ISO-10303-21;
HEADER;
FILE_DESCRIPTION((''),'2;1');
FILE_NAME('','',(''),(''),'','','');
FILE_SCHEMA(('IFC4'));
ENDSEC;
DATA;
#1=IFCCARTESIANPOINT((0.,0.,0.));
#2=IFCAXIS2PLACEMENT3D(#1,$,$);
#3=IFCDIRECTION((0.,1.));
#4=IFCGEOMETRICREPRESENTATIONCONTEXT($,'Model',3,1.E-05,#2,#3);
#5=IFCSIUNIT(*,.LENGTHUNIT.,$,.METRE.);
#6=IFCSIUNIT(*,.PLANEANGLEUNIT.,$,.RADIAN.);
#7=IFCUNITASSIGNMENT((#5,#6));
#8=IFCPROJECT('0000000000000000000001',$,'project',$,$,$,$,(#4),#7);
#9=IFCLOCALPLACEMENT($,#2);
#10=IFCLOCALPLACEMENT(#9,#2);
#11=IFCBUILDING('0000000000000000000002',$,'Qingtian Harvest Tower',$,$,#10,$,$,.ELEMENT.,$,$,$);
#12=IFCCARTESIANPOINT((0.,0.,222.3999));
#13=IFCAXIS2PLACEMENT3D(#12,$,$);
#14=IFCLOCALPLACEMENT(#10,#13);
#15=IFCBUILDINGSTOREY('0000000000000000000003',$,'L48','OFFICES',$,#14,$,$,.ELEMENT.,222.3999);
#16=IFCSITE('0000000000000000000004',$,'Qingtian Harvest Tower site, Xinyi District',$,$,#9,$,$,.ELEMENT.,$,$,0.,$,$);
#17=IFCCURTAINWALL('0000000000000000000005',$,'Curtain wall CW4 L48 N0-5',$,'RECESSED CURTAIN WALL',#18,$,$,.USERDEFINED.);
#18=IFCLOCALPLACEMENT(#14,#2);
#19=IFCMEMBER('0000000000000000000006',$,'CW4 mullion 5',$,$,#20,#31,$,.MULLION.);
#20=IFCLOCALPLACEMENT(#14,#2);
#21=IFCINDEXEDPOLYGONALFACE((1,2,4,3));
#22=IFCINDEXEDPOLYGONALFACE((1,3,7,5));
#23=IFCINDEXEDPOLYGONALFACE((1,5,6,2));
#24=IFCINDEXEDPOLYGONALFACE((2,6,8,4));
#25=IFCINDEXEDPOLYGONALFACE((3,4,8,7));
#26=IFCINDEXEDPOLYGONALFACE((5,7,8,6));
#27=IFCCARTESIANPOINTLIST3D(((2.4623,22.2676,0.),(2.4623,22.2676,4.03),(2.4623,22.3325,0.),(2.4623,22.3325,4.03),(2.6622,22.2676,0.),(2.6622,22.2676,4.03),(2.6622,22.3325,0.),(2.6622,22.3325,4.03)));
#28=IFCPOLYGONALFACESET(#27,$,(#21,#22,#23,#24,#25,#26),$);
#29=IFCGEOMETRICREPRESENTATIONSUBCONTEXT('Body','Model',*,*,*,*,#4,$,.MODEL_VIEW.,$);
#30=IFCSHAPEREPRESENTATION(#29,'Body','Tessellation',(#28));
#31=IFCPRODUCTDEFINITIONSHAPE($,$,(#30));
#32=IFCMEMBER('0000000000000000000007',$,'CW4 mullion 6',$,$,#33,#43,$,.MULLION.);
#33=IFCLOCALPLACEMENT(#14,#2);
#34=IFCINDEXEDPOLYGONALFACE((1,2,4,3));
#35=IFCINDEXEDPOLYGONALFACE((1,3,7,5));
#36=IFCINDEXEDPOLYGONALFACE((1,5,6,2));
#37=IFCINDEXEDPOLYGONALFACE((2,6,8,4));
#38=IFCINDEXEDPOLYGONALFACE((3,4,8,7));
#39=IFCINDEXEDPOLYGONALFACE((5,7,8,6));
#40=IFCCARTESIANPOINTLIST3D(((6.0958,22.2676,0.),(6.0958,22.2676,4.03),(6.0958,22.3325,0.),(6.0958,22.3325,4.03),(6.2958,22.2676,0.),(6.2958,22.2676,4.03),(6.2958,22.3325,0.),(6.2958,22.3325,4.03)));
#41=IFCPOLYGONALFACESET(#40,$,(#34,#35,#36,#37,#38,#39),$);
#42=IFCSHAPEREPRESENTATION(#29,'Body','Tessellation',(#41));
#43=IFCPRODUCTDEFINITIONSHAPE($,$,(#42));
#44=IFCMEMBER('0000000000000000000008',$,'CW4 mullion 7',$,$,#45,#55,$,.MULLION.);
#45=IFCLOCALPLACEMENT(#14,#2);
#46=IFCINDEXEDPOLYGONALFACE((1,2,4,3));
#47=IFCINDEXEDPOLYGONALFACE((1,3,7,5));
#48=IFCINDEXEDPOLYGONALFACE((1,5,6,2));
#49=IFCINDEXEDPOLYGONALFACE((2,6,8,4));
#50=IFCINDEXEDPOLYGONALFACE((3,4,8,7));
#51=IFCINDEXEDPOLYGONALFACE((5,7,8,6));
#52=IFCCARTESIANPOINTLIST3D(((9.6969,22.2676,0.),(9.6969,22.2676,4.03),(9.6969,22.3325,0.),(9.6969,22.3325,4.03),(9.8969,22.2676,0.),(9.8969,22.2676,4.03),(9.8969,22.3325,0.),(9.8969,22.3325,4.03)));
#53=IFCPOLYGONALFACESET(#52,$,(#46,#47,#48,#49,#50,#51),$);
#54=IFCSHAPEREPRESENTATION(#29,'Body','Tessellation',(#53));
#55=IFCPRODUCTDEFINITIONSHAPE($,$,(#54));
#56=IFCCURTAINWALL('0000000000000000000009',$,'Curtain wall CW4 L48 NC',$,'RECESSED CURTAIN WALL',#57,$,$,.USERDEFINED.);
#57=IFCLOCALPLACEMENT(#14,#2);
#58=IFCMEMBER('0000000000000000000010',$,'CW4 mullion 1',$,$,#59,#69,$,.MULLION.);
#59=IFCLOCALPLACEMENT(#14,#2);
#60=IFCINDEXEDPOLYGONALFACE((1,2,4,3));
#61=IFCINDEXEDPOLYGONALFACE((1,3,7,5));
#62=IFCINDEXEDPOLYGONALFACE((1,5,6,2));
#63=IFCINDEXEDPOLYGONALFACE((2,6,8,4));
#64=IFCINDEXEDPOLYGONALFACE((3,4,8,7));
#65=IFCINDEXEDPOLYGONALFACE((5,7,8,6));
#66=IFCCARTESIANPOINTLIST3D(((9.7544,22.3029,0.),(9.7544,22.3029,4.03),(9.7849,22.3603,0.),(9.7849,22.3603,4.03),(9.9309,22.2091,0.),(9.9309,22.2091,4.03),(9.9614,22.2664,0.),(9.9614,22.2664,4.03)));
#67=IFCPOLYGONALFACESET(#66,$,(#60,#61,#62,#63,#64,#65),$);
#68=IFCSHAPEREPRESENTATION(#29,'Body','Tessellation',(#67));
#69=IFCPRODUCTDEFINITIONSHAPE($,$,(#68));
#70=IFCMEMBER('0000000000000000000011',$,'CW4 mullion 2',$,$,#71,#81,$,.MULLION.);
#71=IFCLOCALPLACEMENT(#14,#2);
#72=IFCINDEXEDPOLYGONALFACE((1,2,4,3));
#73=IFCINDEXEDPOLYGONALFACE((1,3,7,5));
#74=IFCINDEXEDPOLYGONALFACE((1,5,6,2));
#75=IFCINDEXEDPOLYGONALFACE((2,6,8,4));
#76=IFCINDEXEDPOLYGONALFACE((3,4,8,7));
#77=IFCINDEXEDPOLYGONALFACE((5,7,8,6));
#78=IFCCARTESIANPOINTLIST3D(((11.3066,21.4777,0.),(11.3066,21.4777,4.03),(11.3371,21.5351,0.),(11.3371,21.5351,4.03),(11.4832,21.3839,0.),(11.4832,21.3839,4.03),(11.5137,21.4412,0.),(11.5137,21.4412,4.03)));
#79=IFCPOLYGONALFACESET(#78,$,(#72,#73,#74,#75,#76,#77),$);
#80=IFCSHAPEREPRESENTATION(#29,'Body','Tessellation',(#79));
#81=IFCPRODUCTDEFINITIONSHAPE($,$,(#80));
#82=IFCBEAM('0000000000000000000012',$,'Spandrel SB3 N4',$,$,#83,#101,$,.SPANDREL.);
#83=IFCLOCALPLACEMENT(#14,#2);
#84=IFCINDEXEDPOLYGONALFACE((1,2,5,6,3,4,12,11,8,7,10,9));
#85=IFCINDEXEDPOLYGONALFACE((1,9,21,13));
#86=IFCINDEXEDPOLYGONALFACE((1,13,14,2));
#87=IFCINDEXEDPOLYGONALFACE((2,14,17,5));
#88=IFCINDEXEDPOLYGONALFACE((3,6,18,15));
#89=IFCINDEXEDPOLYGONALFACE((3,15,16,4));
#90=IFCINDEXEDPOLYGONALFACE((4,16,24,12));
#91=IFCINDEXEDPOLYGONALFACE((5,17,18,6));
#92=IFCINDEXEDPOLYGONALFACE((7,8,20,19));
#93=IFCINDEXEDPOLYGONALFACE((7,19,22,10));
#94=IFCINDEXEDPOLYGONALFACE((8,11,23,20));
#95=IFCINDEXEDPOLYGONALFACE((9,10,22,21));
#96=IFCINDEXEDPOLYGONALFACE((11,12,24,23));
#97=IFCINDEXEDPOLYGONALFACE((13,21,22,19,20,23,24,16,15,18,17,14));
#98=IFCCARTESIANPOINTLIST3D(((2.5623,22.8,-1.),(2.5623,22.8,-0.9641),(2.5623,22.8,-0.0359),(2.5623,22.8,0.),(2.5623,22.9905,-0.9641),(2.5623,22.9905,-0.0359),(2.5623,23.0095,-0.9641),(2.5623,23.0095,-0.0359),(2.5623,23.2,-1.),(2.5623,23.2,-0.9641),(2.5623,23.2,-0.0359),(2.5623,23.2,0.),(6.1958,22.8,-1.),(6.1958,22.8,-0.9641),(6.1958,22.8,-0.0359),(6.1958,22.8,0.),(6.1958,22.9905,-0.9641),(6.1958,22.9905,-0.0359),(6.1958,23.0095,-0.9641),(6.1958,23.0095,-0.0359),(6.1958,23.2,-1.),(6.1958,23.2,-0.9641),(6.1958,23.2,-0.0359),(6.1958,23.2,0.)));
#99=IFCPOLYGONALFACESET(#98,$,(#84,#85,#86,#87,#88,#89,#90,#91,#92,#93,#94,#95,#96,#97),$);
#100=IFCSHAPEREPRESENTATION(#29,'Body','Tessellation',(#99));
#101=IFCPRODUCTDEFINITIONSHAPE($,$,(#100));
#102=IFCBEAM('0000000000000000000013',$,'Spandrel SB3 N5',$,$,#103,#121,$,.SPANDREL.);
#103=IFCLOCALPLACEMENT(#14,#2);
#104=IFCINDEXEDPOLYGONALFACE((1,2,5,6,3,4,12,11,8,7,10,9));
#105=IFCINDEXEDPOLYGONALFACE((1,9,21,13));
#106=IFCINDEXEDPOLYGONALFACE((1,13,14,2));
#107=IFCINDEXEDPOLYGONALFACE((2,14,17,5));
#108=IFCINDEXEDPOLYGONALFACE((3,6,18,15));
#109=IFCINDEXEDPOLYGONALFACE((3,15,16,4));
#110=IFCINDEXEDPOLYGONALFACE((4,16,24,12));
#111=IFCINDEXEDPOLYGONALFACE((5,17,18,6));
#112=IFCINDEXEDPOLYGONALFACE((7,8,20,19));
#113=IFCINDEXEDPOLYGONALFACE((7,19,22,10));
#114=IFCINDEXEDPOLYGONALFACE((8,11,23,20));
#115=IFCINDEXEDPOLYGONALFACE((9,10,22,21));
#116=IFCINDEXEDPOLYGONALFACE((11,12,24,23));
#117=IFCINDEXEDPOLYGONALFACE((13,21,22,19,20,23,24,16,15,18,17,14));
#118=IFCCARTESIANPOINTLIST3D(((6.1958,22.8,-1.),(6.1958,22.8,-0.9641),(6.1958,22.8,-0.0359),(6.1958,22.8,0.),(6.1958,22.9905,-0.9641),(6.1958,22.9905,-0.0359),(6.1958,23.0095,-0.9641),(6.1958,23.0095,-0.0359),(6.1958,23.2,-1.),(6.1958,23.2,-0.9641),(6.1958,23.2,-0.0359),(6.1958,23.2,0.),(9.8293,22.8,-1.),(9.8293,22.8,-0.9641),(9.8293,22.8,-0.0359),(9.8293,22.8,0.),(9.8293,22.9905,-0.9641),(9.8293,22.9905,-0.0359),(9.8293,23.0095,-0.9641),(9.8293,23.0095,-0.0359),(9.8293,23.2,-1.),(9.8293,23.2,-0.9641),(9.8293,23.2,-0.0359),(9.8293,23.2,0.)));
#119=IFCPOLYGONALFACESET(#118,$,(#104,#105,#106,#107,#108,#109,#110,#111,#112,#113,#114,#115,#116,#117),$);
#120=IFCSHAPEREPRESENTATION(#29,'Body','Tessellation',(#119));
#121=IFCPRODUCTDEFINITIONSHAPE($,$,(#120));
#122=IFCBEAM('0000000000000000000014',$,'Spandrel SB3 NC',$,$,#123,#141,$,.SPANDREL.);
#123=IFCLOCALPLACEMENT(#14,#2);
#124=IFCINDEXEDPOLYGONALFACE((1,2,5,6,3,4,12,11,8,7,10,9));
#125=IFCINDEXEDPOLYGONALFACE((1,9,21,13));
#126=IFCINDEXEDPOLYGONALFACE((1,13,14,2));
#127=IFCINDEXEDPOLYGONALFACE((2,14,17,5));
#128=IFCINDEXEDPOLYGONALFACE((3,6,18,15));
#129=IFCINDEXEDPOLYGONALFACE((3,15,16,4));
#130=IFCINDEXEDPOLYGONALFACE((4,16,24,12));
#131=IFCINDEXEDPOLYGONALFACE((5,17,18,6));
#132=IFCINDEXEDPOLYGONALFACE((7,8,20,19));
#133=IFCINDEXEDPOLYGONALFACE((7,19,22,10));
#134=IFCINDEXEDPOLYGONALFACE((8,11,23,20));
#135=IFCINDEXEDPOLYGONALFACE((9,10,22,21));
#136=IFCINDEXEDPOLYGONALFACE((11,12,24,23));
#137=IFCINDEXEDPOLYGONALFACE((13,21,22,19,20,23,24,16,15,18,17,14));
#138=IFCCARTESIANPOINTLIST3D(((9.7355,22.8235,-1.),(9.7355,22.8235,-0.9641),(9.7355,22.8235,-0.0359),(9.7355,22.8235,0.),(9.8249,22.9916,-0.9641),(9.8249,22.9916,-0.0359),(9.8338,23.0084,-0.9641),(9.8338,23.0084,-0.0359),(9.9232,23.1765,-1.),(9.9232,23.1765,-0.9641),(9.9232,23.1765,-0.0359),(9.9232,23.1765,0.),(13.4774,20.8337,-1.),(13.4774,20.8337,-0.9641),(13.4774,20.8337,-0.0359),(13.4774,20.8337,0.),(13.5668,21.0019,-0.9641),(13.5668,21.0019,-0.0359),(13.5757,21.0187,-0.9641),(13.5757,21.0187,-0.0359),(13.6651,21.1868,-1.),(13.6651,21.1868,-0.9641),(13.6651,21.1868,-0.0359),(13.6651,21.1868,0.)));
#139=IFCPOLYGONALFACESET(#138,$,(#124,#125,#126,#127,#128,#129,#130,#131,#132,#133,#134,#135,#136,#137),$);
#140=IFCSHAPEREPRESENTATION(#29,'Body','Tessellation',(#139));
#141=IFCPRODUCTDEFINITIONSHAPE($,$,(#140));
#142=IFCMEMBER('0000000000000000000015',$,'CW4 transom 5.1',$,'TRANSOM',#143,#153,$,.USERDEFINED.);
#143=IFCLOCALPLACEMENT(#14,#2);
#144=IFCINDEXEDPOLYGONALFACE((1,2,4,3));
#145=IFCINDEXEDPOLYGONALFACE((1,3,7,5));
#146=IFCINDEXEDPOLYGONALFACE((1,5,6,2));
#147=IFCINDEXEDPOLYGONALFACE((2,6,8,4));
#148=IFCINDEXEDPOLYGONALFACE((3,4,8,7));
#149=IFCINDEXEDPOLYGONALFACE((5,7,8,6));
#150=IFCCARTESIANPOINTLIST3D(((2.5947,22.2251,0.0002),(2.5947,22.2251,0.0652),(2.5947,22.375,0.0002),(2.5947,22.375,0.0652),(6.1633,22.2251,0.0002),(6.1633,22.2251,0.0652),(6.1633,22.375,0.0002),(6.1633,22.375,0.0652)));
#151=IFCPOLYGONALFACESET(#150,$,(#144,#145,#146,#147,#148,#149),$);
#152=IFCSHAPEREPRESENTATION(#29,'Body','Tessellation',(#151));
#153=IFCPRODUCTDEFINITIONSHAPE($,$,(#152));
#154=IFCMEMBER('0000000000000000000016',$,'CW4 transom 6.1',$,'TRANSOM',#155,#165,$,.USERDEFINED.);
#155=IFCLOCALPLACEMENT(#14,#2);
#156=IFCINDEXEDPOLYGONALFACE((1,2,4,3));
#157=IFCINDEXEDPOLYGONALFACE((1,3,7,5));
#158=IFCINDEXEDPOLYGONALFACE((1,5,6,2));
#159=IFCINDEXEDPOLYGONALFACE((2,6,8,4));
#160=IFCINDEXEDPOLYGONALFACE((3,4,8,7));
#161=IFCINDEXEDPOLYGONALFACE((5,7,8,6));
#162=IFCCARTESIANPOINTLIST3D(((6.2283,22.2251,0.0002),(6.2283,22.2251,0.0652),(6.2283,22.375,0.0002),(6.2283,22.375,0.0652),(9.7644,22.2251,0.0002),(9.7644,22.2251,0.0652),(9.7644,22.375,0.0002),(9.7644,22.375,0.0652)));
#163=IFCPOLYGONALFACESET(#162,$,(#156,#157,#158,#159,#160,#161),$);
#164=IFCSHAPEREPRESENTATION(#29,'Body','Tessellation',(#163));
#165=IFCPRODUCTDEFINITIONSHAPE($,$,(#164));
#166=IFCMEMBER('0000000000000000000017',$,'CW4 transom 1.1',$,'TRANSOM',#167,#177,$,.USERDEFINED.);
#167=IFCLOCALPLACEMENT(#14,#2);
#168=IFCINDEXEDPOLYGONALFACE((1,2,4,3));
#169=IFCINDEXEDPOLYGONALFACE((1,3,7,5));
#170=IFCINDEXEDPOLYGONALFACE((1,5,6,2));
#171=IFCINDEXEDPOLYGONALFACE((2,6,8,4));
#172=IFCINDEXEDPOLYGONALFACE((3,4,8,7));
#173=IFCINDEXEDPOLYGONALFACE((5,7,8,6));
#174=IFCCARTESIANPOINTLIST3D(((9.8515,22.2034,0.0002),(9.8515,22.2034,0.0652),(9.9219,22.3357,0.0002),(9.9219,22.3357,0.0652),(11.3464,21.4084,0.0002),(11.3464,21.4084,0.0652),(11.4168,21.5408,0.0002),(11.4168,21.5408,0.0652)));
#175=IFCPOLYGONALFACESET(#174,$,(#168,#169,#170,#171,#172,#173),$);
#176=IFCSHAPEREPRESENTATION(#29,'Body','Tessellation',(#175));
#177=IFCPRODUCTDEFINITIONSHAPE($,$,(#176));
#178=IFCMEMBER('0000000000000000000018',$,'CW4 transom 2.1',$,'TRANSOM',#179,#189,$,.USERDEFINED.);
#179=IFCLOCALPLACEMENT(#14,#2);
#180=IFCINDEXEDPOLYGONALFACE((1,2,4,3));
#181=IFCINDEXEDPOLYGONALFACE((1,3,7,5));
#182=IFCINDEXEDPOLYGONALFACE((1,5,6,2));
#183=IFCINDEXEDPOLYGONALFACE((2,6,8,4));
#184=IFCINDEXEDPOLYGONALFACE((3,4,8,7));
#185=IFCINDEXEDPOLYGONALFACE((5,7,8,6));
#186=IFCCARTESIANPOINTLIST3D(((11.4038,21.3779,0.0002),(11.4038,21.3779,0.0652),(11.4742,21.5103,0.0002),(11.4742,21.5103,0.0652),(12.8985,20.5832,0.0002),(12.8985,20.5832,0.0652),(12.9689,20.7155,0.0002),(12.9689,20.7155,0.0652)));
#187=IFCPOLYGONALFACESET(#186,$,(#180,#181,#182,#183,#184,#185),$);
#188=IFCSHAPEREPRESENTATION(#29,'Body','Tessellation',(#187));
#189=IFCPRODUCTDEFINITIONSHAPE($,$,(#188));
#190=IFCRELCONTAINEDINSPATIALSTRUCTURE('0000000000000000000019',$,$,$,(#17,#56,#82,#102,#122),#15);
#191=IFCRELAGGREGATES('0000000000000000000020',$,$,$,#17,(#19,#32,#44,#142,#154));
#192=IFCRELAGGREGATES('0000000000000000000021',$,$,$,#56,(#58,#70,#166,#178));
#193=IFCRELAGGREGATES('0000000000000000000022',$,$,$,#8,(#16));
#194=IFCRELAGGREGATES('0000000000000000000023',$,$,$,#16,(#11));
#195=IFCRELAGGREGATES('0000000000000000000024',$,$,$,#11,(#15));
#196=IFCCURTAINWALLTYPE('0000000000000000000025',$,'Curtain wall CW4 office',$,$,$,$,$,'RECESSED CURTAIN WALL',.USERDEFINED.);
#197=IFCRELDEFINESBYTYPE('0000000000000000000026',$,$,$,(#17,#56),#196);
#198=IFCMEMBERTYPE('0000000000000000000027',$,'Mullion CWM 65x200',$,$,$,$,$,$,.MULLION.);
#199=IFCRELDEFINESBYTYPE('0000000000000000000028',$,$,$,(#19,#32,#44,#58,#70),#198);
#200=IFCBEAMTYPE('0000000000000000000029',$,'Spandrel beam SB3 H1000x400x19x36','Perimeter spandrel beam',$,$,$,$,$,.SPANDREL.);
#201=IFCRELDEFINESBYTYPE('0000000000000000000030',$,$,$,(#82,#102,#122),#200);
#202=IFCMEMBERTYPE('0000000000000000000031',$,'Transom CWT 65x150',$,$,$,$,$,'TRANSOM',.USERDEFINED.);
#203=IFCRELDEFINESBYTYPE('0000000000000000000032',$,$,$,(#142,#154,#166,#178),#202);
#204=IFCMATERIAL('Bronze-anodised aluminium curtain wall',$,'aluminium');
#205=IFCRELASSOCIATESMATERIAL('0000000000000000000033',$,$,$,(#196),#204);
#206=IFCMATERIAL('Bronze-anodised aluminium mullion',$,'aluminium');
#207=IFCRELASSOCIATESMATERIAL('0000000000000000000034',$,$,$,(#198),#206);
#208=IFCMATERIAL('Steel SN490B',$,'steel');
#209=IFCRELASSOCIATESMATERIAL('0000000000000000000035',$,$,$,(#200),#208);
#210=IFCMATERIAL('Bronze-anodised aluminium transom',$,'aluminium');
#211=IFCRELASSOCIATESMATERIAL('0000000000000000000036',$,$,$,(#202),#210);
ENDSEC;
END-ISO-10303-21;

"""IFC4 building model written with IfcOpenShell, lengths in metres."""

from ifc_helpers import new_model, si_unit, direction, frame, origin, origin_2d, place, context, subcontext, project, spatial, rectangle, i_section, extrude, material, material_profile, profile_set, type_object, element, aggregate, save


model = new_model("IFC4")

# Units and contexts
model_context = context("Model", 3, precision=1e-05, world=origin(), true_north=direction((0.0, 1.0)))
body_context = subcontext(model_context, "Body", "Model", "MODEL_VIEW")
ifc_project = project(units=[si_unit("LENGTHUNIT", "METRE"), si_unit("PLANEANGLEUNIT", "RADIAN")], contexts=[model_context])

# Site, building, storey
site_placement = place(None, origin())
site = spatial("IfcSite", under=ifc_project, at=site_placement, Name="Qingtian Harvest Tower site, Xinyi District", CompositionType="ELEMENT", RefElevation=0.0)
building_placement = place(site_placement, origin())
building = spatial("IfcBuilding", under=site, at=building_placement, Name="Qingtian Harvest Tower", CompositionType="ELEMENT")
storey_placement = place(building_placement, frame((0.0, 0.0, 222.3999)))
storey = spatial("IfcBuildingStorey", under=building, at=storey_placement, Name="L48", Description="OFFICES", CompositionType="ELEMENT", Elevation=222.3999)

# Curtain walls, members
ifc_material_1 = material(Name="Bronze-anodised aluminium curtain wall", Category="aluminium")
curtain_wall_type = type_object("IfcCurtainWallType", Name="Curtain wall CW4 office", ElementType="RECESSED CURTAIN WALL", PredefinedType="USERDEFINED", material=ifc_material_1)
curtain_wall_1_placement = place(storey_placement, origin())
curtain_wall_1 = element("IfcCurtainWall", 1, at=curtain_wall_1_placement, inside=storey, type_object=curtain_wall_type, Name="Curtain wall CW4 L48 N0-5", ObjectType="RECESSED CURTAIN WALL", PredefinedType="USERDEFINED")
ifc_material_2 = material(Name="Bronze-anodised aluminium mullion", Category="aluminium")
ifc_material_profile_1 = material_profile(ifc_material_2, rectangle(XDim=0.0649, YDim=0.2, at=origin_2d()), Name="AL 65x200")
ifc_profile_set_1 = profile_set([ifc_material_profile_1], Name="Bronze-anodised aluminium mullion")
member_type_1 = type_object("IfcMemberType", Name="Mullion CWM 65x200", PredefinedType="MULLION", material=ifc_profile_set_1)
member_1_placement = place(storey_placement, frame((2.5623, 22.3, 0.0), z_axis=(0.0, 0.0, 1.0), x_axis=(0.0, 1.0, 0.0)))
member_1 = element("IfcMember", 2, at=member_1_placement, type_object=member_type_1, Name="CW4 mullion 5", PredefinedType="MULLION", context=body_context, shape_type="SweptSolid", body=[
    extrude(rectangle(XDim=0.0649, YDim=0.2, at=origin_2d()), origin(), (0.0, 0.0, 1.0), 4.03),
])
member_2_placement = place(storey_placement, frame((6.1958, 22.3, 0.0), z_axis=(0.0, 0.0, 1.0), x_axis=(0.0, 1.0, 0.0)))
member_2 = element("IfcMember", 3, at=member_2_placement, type_object=member_type_1, Name="CW4 mullion 6", PredefinedType="MULLION", context=body_context, shape_type="SweptSolid", body=[
    extrude(rectangle(XDim=0.0649, YDim=0.2, at=origin_2d()), origin(), (0.0, 0.0, 1.0), 4.03),
])
member_3_placement = place(storey_placement, frame((9.7969, 22.3, 0.0), z_axis=(0.0, 0.0, 1.0), x_axis=(0.0, 1.0, 0.0)))
member_3 = element("IfcMember", 4, at=member_3_placement, type_object=member_type_1, Name="CW4 mullion 7", PredefinedType="MULLION", context=body_context, shape_type="SweptSolid", body=[
    extrude(rectangle(XDim=0.0649, YDim=0.2, at=origin_2d()), origin(), (0.0, 0.0, 1.0), 4.03),
])
curtain_wall_2_placement = place(storey_placement, origin())
curtain_wall_2 = element("IfcCurtainWall", 5, at=curtain_wall_2_placement, inside=storey, type_object=curtain_wall_type, Name="Curtain wall CW4 L48 NC", ObjectType="RECESSED CURTAIN WALL", PredefinedType="USERDEFINED")
member_4_placement = place(storey_placement, frame((9.8579, 22.2847, 0.0), z_axis=(0.0, 0.0, 1.0), x_axis=(0.469472, 0.882948, 0.0)))
member_4 = element("IfcMember", 6, at=member_4_placement, type_object=member_type_1, Name="CW4 mullion 1", PredefinedType="MULLION", context=body_context, shape_type="SweptSolid", body=[
    extrude(rectangle(XDim=0.0649, YDim=0.2, at=origin_2d()), origin(), (0.0, 0.0, 1.0), 4.03),
])
member_5_placement = place(storey_placement, frame((11.4102, 21.4595, 0.0), z_axis=(0.0, 0.0, 1.0), x_axis=(0.469472, 0.882948, 0.0)))
member_5 = element("IfcMember", 7, at=member_5_placement, type_object=member_type_1, Name="CW4 mullion 2", PredefinedType="MULLION", context=body_context, shape_type="SweptSolid", body=[
    extrude(rectangle(XDim=0.0649, YDim=0.2, at=origin_2d()), origin(), (0.0, 0.0, 1.0), 4.03),
])

# Beams
ifc_material_3 = material(Name="Steel SN490B", Category="steel")
ifc_material_profile_2 = material_profile(ifc_material_3, i_section(OverallWidth=0.3999, OverallDepth=1.0, WebThickness=0.019, FlangeThickness=0.0359, at=origin_2d()), Name="H1000x400x19x36")
ifc_profile_set_2 = profile_set([ifc_material_profile_2], Name="Steel SN490B")
beam_type_1 = type_object("IfcBeamType", Name="Spandrel beam SB3 H1000x400x19x36", Description="Perimeter spandrel beam", PredefinedType="SPANDREL", material=ifc_profile_set_2)
for number, where, z_axis, x_axis, name in (
    (8, (2.5623, 23.0, -0.5), (1.0, 0.0, 0.0), (0.0, 1.0, 0.0), "Spandrel SB3 N4"),
    (9, (6.1958, 23.0, -0.5), (1.0, 0.0, 0.0), (0.0, 1.0, 0.0), "Spandrel SB3 N5"),
):
    element("IfcBeam", number, at=place(storey_placement, frame(where, z_axis=z_axis, x_axis=x_axis)), inside=storey, type_object=beam_type_1, Name=name, PredefinedType="SPANDREL", context=body_context, shape_type="SweptSolid", body=[
        extrude(i_section(OverallWidth=0.3999, OverallDepth=1.0, WebThickness=0.019, FlangeThickness=0.0359, at=origin_2d()), origin(), (0.0, 0.0, 1.0), 3.6335),
    ])
beam_1_placement = place(storey_placement, frame((9.8293, 23.0, -0.5), z_axis=(0.882936, -0.469494, 0.0), x_axis=(0.469494, 0.882936, 0.0)))
element("IfcBeam", 10, at=beam_1_placement, inside=storey, type_object=beam_type_1, Name="Spandrel SB3 NC", PredefinedType="SPANDREL", context=body_context, shape_type="SweptSolid", body=[
    extrude(i_section(OverallWidth=0.3999, OverallDepth=1.0, WebThickness=0.019, FlangeThickness=0.0359, at=origin_2d()), origin(), (0.0, 0.0, 1.0), 4.238),
])

# Members
ifc_material_4 = material(Name="Bronze-anodised aluminium transom", Category="aluminium")
ifc_material_profile_3 = material_profile(ifc_material_4, rectangle(XDim=0.1499, YDim=0.0649, at=origin_2d()), Name="AL 65x150")
ifc_profile_set_3 = profile_set([ifc_material_profile_3], Name="Bronze-anodised aluminium transom")
member_type_2 = type_object("IfcMemberType", Name="Transom CWT 65x150", ElementType="TRANSOM", PredefinedType="USERDEFINED", material=ifc_profile_set_3)
member_6_placement = place(storey_placement, frame((2.5947, 22.3, 0.0327), z_axis=(1.0, 0.0, 0.0), x_axis=(0.0, 1.0, 0.0)))
member_6 = element("IfcMember", 11, at=member_6_placement, type_object=member_type_2, Name="CW4 transom 5.1", ObjectType="TRANSOM", PredefinedType="USERDEFINED", context=body_context, shape_type="SweptSolid", body=[
    extrude(rectangle(XDim=0.1499, YDim=0.0649, at=origin_2d()), origin(), (0.0, 0.0, 1.0), 3.5686),
])
member_7_placement = place(storey_placement, frame((6.2283, 22.3, 0.0327), z_axis=(1.0, 0.0, 0.0), x_axis=(0.0, 1.0, 0.0)))
member_7 = element("IfcMember", 12, at=member_7_placement, type_object=member_type_2, Name="CW4 transom 6.1", ObjectType="TRANSOM", PredefinedType="USERDEFINED", context=body_context, shape_type="SweptSolid", body=[
    extrude(rectangle(XDim=0.1499, YDim=0.0649, at=origin_2d()), origin(), (0.0, 0.0, 1.0), 3.5361),
])
member_8_placement = place(storey_placement, frame((9.8867, 22.2695, 0.0327), z_axis=(0.882927, -0.46951, 0.0), x_axis=(0.46951, 0.882927, 0.0)))
member_8 = element("IfcMember", 13, at=member_8_placement, type_object=member_type_2, Name="CW4 transom 1.1", ObjectType="TRANSOM", PredefinedType="USERDEFINED", context=body_context, shape_type="SweptSolid", body=[
    extrude(rectangle(XDim=0.1499, YDim=0.0649, at=origin_2d()), origin(), (0.0, 0.0, 1.0), 1.6931),
])
member_9_placement = place(storey_placement, frame((11.439, 21.4441, 0.0327), z_axis=(0.882955, -0.469457, 0.0), x_axis=(0.469457, 0.882955, 0.0)))
member_9 = element("IfcMember", 14, at=member_9_placement, type_object=member_type_2, Name="CW4 transom 2.1", ObjectType="TRANSOM", PredefinedType="USERDEFINED", context=body_context, shape_type="SweptSolid", body=[
    extrude(rectangle(XDim=0.1499, YDim=0.0649, at=origin_2d()), origin(), (0.0, 0.0, 1.0), 1.6929),
])

aggregate(curtain_wall_1, [member_1, member_2, member_3, member_6, member_7])
aggregate(curtain_wall_2, [member_4, member_5, member_8, member_9])

save(model, "model.ifc")
